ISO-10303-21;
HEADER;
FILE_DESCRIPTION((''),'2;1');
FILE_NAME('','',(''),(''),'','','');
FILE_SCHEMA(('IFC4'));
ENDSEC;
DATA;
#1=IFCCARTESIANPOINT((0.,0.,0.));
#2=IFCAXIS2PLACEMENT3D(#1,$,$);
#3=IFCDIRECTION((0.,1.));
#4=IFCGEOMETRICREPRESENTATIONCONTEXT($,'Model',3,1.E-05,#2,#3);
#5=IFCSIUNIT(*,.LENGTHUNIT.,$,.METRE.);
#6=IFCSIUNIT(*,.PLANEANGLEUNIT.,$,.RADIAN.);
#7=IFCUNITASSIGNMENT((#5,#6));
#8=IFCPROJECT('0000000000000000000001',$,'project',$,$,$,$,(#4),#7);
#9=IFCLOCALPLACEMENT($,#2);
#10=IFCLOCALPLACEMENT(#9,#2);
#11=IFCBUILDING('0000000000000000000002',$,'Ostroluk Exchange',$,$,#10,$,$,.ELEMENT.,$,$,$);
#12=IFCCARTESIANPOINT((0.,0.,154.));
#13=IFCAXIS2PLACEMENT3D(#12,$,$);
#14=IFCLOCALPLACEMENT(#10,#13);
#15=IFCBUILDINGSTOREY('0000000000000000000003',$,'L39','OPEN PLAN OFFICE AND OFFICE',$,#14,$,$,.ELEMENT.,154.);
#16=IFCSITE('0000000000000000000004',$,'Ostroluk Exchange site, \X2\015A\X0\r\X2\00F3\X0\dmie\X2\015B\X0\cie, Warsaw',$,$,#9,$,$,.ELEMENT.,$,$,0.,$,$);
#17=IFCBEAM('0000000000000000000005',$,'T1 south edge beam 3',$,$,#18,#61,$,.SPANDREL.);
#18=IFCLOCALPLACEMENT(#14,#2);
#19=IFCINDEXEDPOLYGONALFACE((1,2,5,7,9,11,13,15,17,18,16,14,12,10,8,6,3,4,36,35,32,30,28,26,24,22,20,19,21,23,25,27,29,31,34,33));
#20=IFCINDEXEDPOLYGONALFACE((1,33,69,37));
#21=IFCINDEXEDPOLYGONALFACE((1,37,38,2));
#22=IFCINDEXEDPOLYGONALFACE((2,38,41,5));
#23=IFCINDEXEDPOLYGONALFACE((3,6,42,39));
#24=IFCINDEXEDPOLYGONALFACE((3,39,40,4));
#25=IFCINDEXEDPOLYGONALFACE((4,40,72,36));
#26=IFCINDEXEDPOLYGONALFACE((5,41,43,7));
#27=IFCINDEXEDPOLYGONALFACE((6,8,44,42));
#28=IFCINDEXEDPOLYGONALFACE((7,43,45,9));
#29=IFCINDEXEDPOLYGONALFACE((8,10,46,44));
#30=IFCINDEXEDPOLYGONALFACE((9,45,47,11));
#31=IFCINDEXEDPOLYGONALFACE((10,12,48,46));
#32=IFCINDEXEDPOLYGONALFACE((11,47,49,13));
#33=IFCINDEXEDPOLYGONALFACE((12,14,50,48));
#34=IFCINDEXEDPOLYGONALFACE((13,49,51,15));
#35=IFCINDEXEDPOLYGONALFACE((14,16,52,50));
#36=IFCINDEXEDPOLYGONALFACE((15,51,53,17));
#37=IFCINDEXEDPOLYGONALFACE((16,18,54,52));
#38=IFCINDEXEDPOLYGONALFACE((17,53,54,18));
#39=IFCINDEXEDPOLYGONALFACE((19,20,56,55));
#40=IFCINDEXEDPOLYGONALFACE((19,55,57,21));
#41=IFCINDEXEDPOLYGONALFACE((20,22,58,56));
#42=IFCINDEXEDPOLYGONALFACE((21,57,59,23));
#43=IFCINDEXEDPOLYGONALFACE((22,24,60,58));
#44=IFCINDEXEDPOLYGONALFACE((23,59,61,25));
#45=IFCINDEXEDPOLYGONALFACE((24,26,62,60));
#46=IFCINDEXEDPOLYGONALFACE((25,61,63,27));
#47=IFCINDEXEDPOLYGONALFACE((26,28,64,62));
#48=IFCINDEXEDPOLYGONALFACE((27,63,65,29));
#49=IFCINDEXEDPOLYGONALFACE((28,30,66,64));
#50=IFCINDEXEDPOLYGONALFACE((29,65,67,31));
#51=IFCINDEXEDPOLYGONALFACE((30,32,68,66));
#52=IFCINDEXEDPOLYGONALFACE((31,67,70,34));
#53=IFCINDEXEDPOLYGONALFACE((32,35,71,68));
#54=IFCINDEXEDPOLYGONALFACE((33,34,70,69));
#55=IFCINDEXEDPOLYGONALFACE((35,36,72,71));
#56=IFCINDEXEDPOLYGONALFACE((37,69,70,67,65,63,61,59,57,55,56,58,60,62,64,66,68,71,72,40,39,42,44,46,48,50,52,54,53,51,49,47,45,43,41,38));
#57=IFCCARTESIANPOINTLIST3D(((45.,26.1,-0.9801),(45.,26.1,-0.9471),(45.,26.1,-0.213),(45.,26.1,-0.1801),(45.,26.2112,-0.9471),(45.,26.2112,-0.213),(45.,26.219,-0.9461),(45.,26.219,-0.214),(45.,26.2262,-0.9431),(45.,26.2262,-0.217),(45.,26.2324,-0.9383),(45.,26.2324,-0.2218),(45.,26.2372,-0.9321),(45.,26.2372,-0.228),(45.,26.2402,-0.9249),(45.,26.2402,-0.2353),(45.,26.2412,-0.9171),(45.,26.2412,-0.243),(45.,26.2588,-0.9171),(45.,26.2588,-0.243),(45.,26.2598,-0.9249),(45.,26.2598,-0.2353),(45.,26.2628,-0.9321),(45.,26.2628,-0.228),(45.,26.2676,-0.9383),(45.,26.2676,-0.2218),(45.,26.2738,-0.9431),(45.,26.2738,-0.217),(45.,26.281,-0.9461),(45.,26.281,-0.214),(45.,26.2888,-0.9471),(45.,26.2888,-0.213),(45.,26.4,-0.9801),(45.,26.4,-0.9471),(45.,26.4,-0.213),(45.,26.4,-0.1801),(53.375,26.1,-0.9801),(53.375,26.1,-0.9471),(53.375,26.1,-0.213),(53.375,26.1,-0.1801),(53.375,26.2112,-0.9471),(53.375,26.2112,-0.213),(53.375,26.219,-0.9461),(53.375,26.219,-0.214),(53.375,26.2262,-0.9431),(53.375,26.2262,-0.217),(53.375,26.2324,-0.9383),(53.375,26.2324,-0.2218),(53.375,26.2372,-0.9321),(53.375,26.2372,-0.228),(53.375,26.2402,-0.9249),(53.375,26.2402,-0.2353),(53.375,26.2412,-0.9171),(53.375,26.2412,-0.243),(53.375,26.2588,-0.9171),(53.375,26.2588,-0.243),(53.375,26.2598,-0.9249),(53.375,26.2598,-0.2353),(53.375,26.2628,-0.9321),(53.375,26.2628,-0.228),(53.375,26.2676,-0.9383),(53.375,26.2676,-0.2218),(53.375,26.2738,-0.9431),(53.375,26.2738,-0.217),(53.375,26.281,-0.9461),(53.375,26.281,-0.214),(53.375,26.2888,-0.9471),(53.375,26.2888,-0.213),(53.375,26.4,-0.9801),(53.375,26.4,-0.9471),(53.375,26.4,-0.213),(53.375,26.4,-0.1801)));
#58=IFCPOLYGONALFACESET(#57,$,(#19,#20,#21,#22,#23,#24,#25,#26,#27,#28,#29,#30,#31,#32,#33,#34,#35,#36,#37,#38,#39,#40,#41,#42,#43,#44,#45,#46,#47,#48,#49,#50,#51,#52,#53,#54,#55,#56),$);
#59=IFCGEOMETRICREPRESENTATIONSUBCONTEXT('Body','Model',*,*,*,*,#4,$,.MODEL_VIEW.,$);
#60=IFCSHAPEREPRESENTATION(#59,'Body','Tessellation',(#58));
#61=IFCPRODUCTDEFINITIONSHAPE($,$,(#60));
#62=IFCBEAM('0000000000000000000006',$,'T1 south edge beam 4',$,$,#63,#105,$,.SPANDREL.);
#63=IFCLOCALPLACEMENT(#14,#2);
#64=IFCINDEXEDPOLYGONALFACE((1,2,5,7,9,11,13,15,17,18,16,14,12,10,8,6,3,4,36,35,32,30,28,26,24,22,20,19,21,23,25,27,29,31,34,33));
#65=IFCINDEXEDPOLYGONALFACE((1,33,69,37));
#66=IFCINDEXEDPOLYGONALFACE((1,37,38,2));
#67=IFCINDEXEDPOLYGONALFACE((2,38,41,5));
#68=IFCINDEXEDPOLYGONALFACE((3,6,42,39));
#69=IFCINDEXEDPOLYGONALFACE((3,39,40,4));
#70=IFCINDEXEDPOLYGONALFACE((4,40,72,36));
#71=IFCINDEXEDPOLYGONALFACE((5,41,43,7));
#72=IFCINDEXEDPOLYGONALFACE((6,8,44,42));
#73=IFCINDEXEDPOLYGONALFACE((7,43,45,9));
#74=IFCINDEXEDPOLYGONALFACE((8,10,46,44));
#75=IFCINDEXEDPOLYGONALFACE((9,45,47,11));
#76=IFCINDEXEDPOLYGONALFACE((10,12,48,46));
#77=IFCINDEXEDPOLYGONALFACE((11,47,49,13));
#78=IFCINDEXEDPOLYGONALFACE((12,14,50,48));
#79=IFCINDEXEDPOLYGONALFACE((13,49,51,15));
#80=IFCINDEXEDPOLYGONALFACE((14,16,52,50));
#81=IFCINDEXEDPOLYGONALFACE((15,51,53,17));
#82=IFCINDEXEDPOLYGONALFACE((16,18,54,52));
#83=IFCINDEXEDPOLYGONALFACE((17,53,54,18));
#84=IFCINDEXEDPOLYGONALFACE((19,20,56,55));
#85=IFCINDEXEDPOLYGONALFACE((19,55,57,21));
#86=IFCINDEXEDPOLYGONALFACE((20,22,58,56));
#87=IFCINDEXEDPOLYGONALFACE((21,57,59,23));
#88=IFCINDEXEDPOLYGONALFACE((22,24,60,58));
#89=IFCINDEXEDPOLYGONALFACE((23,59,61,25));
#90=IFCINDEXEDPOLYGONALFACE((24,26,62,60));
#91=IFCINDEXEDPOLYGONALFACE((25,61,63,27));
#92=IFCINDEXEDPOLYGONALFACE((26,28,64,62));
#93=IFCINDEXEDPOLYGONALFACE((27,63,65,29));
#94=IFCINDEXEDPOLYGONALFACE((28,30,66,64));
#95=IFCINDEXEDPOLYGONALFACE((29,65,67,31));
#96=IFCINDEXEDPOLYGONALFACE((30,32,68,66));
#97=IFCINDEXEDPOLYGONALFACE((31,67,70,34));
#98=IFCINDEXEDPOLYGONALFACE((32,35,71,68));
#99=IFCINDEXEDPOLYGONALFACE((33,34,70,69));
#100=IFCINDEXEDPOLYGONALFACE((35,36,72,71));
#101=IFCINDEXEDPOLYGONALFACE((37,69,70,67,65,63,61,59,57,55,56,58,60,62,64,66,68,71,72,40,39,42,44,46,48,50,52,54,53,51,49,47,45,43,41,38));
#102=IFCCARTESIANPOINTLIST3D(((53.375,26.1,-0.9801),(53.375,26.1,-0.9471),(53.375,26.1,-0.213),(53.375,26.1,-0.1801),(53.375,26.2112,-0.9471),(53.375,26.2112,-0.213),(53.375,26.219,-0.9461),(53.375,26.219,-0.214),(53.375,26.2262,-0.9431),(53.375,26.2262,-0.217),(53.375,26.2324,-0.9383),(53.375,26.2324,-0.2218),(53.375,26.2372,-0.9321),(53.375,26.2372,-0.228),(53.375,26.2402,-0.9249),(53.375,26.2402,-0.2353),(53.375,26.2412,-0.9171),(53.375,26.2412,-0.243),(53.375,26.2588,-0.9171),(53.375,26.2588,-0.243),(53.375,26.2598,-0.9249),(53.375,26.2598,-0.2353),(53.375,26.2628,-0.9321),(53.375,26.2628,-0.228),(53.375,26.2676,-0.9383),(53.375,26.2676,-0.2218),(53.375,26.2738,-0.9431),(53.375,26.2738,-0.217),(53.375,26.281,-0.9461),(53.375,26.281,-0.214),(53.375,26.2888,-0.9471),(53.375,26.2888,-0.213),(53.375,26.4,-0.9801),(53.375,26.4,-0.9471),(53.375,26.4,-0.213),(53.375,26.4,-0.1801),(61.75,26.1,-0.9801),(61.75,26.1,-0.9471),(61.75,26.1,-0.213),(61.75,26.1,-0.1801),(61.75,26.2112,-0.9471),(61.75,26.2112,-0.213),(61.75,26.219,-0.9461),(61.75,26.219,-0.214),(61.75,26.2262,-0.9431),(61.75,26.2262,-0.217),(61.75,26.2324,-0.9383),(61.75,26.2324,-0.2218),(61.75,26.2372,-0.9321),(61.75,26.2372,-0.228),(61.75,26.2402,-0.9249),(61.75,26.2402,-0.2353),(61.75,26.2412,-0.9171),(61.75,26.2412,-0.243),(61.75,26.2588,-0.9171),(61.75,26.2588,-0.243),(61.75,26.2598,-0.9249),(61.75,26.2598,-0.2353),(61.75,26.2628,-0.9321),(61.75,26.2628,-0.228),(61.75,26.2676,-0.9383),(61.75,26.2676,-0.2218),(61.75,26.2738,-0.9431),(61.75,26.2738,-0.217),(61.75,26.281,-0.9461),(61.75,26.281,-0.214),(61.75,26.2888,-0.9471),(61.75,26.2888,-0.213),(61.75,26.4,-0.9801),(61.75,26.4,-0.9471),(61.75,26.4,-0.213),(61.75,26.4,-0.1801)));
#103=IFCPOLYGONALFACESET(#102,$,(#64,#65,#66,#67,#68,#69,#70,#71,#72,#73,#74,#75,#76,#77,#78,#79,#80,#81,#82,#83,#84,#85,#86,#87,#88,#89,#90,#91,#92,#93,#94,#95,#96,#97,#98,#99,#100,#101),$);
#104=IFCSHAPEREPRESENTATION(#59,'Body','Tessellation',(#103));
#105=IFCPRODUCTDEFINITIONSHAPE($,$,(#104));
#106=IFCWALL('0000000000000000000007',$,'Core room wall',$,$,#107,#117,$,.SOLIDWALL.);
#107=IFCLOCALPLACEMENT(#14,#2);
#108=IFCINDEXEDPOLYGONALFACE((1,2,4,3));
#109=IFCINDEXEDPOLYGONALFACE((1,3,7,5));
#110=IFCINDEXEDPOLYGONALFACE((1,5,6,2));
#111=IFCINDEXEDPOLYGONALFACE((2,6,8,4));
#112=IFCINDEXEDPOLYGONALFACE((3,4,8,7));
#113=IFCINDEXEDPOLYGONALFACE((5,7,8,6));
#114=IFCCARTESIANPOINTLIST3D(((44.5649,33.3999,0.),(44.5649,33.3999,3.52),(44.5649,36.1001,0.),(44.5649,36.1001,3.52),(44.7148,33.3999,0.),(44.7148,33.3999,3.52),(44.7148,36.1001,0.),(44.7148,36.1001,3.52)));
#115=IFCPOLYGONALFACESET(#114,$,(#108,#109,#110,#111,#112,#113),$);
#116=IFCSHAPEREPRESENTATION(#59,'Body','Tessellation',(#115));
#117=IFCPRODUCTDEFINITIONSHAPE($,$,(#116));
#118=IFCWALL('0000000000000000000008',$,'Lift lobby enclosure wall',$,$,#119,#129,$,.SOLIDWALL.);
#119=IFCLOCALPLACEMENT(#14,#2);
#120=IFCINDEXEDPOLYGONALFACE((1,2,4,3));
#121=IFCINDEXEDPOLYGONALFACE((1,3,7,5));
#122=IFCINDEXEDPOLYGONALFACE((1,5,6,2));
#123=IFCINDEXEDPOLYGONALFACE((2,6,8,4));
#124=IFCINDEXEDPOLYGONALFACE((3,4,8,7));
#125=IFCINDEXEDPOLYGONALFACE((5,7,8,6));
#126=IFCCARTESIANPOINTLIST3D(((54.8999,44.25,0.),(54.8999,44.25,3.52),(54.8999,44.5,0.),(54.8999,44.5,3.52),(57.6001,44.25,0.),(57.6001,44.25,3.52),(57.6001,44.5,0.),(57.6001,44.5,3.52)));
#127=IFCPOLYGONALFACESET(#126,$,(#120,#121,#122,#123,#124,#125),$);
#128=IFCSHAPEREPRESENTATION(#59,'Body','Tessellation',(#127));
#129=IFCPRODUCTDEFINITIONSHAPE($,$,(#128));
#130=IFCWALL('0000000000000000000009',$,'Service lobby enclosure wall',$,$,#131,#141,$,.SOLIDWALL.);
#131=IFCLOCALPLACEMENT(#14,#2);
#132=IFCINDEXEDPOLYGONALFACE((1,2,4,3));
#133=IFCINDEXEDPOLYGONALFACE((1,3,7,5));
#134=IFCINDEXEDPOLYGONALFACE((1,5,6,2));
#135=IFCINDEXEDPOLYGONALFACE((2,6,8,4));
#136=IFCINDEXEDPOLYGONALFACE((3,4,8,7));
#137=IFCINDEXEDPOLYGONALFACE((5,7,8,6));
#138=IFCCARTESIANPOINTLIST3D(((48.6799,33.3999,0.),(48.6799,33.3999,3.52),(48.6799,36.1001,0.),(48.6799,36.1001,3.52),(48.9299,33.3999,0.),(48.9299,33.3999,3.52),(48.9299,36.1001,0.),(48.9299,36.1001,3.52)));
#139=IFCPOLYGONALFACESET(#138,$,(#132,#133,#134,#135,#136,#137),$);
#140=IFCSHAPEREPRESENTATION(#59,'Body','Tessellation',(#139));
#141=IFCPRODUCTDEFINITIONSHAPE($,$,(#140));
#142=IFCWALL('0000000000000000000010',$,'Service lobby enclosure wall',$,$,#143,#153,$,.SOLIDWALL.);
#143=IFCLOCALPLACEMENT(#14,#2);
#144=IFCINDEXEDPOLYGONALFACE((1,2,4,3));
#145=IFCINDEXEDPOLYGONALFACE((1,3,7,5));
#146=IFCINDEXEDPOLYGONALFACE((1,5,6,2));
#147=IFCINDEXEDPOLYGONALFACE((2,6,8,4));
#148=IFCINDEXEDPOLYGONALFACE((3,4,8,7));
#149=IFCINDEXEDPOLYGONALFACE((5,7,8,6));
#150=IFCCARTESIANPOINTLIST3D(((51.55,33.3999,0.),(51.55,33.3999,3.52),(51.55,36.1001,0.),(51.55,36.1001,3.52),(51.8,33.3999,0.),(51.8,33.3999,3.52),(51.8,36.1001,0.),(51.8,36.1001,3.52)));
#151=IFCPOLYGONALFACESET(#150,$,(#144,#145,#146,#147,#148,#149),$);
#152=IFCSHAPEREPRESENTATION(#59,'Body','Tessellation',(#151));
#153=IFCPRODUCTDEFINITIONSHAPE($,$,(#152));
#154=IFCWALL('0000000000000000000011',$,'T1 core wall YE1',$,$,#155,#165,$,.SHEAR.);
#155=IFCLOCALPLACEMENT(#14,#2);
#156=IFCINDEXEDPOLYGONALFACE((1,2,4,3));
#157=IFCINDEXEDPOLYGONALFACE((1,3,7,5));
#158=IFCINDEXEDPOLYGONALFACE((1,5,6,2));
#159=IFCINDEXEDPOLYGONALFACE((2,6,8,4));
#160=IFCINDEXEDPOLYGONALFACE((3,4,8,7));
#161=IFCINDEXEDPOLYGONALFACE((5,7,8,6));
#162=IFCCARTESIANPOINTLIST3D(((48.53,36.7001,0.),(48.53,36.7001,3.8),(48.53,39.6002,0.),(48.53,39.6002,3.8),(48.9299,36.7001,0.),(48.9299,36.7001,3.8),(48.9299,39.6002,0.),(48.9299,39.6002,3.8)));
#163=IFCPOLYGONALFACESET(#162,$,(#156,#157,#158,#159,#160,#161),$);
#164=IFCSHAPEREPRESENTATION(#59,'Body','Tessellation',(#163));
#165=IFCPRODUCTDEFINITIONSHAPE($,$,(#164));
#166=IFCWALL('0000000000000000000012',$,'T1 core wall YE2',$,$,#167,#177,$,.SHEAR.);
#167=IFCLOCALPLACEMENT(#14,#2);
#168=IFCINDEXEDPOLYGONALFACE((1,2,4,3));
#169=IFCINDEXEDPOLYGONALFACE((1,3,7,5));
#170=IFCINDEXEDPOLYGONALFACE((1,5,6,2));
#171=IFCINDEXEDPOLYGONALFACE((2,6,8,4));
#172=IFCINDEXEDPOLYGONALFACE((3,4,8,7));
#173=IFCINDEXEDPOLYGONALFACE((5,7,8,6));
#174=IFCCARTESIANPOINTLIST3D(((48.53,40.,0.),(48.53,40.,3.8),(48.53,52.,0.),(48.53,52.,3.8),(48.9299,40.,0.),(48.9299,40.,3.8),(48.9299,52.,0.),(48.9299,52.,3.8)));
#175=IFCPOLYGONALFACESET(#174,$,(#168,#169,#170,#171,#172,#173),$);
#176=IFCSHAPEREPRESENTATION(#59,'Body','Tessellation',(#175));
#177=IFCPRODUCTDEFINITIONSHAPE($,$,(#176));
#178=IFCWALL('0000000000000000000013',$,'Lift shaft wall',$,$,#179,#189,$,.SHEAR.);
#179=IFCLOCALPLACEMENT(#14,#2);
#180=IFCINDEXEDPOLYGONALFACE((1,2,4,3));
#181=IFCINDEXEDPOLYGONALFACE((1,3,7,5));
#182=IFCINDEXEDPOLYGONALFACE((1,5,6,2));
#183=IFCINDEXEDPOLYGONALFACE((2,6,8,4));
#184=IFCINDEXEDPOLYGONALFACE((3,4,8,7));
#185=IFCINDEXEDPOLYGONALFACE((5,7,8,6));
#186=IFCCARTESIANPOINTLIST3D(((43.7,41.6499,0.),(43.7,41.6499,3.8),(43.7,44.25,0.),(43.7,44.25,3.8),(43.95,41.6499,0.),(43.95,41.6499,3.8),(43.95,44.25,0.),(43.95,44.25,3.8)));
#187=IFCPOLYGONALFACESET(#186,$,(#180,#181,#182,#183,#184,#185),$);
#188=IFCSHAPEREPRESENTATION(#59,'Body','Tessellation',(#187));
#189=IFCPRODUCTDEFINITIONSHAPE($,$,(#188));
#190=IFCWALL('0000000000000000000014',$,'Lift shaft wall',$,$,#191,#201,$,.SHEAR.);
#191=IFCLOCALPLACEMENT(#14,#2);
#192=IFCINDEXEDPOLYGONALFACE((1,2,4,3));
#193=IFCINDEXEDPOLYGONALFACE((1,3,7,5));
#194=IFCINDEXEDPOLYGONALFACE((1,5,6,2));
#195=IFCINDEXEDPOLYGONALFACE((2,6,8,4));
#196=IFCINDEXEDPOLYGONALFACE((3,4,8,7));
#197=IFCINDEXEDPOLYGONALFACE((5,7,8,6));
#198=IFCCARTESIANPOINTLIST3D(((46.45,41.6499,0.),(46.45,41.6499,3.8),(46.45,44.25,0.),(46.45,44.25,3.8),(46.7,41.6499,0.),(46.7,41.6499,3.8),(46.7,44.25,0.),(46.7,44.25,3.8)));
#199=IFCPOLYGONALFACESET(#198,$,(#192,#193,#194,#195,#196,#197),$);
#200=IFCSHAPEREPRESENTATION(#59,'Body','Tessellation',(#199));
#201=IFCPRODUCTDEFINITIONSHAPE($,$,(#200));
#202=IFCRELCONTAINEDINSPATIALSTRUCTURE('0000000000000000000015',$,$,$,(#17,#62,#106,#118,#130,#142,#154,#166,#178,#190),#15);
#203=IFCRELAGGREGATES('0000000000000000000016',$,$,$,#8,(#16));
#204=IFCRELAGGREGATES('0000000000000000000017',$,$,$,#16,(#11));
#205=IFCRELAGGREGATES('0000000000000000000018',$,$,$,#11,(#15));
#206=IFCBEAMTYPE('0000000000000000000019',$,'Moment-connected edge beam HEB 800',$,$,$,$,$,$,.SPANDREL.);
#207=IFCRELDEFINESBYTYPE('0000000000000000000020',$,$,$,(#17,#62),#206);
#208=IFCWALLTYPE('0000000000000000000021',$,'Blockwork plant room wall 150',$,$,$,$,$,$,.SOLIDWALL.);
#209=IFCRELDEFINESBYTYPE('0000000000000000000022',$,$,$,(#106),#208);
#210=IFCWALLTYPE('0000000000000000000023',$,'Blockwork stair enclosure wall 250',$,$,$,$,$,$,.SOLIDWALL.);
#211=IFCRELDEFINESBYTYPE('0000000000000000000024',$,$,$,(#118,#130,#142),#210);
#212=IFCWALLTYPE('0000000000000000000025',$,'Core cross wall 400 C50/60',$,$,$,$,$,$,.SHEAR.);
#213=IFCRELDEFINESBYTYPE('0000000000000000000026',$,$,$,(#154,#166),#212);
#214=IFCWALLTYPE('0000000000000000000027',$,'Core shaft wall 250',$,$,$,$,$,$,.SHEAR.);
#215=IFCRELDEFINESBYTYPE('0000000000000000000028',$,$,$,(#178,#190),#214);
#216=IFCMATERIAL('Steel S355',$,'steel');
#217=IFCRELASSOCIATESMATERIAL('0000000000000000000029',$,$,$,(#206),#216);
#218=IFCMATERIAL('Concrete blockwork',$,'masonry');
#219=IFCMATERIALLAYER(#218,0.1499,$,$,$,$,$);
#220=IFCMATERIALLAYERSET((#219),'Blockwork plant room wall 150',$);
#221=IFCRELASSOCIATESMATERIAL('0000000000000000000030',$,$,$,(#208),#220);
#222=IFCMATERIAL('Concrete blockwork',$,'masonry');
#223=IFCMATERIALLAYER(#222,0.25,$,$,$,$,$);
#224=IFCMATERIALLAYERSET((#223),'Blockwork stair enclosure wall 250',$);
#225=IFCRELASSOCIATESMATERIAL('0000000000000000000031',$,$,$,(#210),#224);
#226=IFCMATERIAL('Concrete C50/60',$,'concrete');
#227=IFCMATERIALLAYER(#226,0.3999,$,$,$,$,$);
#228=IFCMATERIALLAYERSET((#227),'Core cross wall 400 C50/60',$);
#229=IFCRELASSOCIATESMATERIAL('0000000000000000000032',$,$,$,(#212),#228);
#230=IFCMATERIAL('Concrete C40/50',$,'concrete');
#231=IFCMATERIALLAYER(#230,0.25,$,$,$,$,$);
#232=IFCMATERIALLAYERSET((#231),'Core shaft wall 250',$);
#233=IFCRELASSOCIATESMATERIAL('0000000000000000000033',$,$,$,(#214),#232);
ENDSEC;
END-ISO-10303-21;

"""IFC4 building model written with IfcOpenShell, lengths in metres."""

from ifc_helpers import new_model, si_unit, direction, frame, frame_2d, origin, origin_2d, place, context, subcontext, project, spatial, rectangle, i_section, extrude, material, layer, layer_set, material_profile, profile_set, type_object, element, save


model = new_model("IFC4")

# Units and contexts
model_context = context("Model", 3, precision=1e-05, world=origin(), true_north=direction((0.0, 1.0)))
body_context = subcontext(model_context, "Body", "Model", "MODEL_VIEW")
ifc_project = project(units=[si_unit("LENGTHUNIT", "METRE"), si_unit("PLANEANGLEUNIT", "RADIAN")], contexts=[model_context])

# Site, building, storey
site_placement = place(None, origin())
site = spatial("IfcSite", under=ifc_project, at=site_placement, Name="Ostroluk Exchange site, Śródmieście, Warsaw", CompositionType="ELEMENT", RefElevation=0.0)
building_placement = place(site_placement, origin())
building = spatial("IfcBuilding", under=site, at=building_placement, Name="Ostroluk Exchange", CompositionType="ELEMENT")
storey_placement = place(building_placement, frame((0.0, 0.0, 154.0)))
storey = spatial("IfcBuildingStorey", under=building, at=storey_placement, Name="L39", Description="OPEN PLAN OFFICE AND OFFICE", CompositionType="ELEMENT", Elevation=154.0)

# Beams
ifc_material_1 = material(Name="Steel S355", Category="steel")
ifc_material_profile_1 = material_profile(ifc_material_1, i_section(OverallWidth=0.3, OverallDepth=0.8, WebThickness=0.0176, FlangeThickness=0.033, FilletRadius=0.03, at=origin_2d()), Name="HEB 800")
ifc_profile_set_1 = profile_set([ifc_material_profile_1], Name="Steel S355")
beam_type_1 = type_object("IfcBeamType", Name="Moment-connected edge beam HEB 800", PredefinedType="SPANDREL", material=ifc_profile_set_1)
for number, where, z_axis, x_axis, name in (
    (1, (45.0, 26.25, -0.5801), (1.0, 0.0, 0.0), (0.0, 1.0, 0.0), "T1 south edge beam 3"),
    (2, (53.375, 26.25, -0.5801), (1.0, 0.0, 0.0), (0.0, 1.0, 0.0), "T1 south edge beam 4"),
):
    element("IfcBeam", number, at=place(storey_placement, frame(where, z_axis=z_axis, x_axis=x_axis)), inside=storey, type_object=beam_type_1, Name=name, PredefinedType="SPANDREL", context=body_context, shape_type="SweptSolid", body=[
        extrude(i_section(OverallWidth=0.3, OverallDepth=0.8, WebThickness=0.0176, FlangeThickness=0.033, FilletRadius=0.03, at=origin_2d()), origin(), (0.0, 0.0, 1.0), 8.375),
    ])

# Walls
ifc_material_2 = material(Name="Concrete blockwork", Category="masonry")
ifc_layer_1 = layer(ifc_material_2, 0.1499)
ifc_layer_set_1 = layer_set([ifc_layer_1], Name="Blockwork plant room wall 150")
wall_type_1 = type_object("IfcWallType", Name="Blockwork plant room wall 150", PredefinedType="SOLIDWALL", material=ifc_layer_set_1)
wall_1_placement = place(storey_placement, frame((44.6399, 33.3999, 0.0), z_axis=(0.0, 0.0, 1.0), x_axis=(0.0, 1.0, 0.0)))
element("IfcWall", 3, at=wall_1_placement, inside=storey, type_object=wall_type_1, Name="Core room wall", PredefinedType="SOLIDWALL", context=body_context, shape_type="SweptSolid", body=[
    extrude(rectangle(XDim=2.7002, YDim=0.1499, at=frame_2d((1.3501, 0.0))), origin(), (0.0, 0.0, 1.0), 3.52),
])
ifc_material_3 = material(Name="Concrete blockwork", Category="masonry")
ifc_layer_2 = layer(ifc_material_3, 0.25)
ifc_layer_set_2 = layer_set([ifc_layer_2], Name="Blockwork stair enclosure wall 250")
wall_type_2 = type_object("IfcWallType", Name="Blockwork stair enclosure wall 250", PredefinedType="SOLIDWALL", material=ifc_layer_set_2)
for number, where, z_axis, x_axis, name in (
    (4, (54.8999, 44.375, 0.0), (0.0, 0.0, 1.0), (1.0, 0.0, 0.0), "Lift lobby enclosure wall"),
    (5, (48.8049, 33.3999, 0.0), (0.0, 0.0, 1.0), (0.0, 1.0, 0.0), "Service lobby enclosure wall"),
    (6, (51.675, 33.3999, 0.0), (0.0, 0.0, 1.0), (0.0, 1.0, 0.0), "Service lobby enclosure wall"),
):
    element("IfcWall", number, at=place(storey_placement, frame(where, z_axis=z_axis, x_axis=x_axis)), inside=storey, type_object=wall_type_2, Name=name, PredefinedType="SOLIDWALL", context=body_context, shape_type="SweptSolid", body=[
        extrude(rectangle(XDim=2.7002, YDim=0.25, at=frame_2d((1.3501, 0.0))), origin(), (0.0, 0.0, 1.0), 3.52),
    ])
ifc_material_4 = material(Name="Concrete C50/60", Category="concrete")
ifc_layer_3 = layer(ifc_material_4, 0.3999)
ifc_layer_set_3 = layer_set([ifc_layer_3], Name="Core cross wall 400 C50/60")
wall_type_3 = type_object("IfcWallType", Name="Core cross wall 400 C50/60", PredefinedType="SHEAR", material=ifc_layer_set_3)
wall_2_placement = place(storey_placement, frame((48.73, 36.7, 0.0), z_axis=(0.0, 0.0, 1.0), x_axis=(0.0, 1.0, 0.0)))
element("IfcWall", 7, at=wall_2_placement, inside=storey, type_object=wall_type_3, Name="T1 core wall YE1", PredefinedType="SHEAR", context=body_context, shape_type="SweptSolid", body=[
    extrude(rectangle(XDim=2.9001, YDim=0.3999, at=frame_2d((1.4502, 0.0))), origin(), (0.0, 0.0, 1.0), 3.8),
])
wall_3_placement = place(storey_placement, frame((48.73, 40.0, 0.0), z_axis=(0.0, 0.0, 1.0), x_axis=(0.0, 1.0, 0.0)))
element("IfcWall", 8, at=wall_3_placement, inside=storey, type_object=wall_type_3, Name="T1 core wall YE2", PredefinedType="SHEAR", context=body_context, shape_type="SweptSolid", body=[
    extrude(rectangle(XDim=12.0, YDim=0.3999, at=frame_2d((6.0, 0.0))), origin(), (0.0, 0.0, 1.0), 3.8),
])

# Shared definitions
ifc_material_5 = material(Name="Concrete C40/50", Category="concrete")
ifc_layer_4 = layer(ifc_material_5, 0.25)
ifc_layer_set_4 = layer_set([ifc_layer_4], Name="Core shaft wall 250")
wall_type_4 = type_object("IfcWallType", Name="Core shaft wall 250", PredefinedType="SHEAR", material=ifc_layer_set_4)

# Walls
for number, where, z_axis, x_axis, name in (
    (9, (43.825, 44.25, 0.0), (0.0, 0.0, 1.0), (0.0, -1.0, 0.0), "Lift shaft wall"),
    (10, (46.575, 44.25, 0.0), (0.0, 0.0, 1.0), (0.0, -1.0, 0.0), "Lift shaft wall"),
):
    element("IfcWall", number, at=place(storey_placement, frame(where, z_axis=z_axis, x_axis=x_axis)), inside=storey, type_object=wall_type_4, Name=name, PredefinedType="SHEAR", context=body_context, shape_type="SweptSolid", body=[
        extrude(rectangle(XDim=2.6001, YDim=0.25, at=frame_2d((1.3, 0.0))), origin(), (0.0, 0.0, 1.0), 3.8),
    ])

save(model, "model.ifc")
